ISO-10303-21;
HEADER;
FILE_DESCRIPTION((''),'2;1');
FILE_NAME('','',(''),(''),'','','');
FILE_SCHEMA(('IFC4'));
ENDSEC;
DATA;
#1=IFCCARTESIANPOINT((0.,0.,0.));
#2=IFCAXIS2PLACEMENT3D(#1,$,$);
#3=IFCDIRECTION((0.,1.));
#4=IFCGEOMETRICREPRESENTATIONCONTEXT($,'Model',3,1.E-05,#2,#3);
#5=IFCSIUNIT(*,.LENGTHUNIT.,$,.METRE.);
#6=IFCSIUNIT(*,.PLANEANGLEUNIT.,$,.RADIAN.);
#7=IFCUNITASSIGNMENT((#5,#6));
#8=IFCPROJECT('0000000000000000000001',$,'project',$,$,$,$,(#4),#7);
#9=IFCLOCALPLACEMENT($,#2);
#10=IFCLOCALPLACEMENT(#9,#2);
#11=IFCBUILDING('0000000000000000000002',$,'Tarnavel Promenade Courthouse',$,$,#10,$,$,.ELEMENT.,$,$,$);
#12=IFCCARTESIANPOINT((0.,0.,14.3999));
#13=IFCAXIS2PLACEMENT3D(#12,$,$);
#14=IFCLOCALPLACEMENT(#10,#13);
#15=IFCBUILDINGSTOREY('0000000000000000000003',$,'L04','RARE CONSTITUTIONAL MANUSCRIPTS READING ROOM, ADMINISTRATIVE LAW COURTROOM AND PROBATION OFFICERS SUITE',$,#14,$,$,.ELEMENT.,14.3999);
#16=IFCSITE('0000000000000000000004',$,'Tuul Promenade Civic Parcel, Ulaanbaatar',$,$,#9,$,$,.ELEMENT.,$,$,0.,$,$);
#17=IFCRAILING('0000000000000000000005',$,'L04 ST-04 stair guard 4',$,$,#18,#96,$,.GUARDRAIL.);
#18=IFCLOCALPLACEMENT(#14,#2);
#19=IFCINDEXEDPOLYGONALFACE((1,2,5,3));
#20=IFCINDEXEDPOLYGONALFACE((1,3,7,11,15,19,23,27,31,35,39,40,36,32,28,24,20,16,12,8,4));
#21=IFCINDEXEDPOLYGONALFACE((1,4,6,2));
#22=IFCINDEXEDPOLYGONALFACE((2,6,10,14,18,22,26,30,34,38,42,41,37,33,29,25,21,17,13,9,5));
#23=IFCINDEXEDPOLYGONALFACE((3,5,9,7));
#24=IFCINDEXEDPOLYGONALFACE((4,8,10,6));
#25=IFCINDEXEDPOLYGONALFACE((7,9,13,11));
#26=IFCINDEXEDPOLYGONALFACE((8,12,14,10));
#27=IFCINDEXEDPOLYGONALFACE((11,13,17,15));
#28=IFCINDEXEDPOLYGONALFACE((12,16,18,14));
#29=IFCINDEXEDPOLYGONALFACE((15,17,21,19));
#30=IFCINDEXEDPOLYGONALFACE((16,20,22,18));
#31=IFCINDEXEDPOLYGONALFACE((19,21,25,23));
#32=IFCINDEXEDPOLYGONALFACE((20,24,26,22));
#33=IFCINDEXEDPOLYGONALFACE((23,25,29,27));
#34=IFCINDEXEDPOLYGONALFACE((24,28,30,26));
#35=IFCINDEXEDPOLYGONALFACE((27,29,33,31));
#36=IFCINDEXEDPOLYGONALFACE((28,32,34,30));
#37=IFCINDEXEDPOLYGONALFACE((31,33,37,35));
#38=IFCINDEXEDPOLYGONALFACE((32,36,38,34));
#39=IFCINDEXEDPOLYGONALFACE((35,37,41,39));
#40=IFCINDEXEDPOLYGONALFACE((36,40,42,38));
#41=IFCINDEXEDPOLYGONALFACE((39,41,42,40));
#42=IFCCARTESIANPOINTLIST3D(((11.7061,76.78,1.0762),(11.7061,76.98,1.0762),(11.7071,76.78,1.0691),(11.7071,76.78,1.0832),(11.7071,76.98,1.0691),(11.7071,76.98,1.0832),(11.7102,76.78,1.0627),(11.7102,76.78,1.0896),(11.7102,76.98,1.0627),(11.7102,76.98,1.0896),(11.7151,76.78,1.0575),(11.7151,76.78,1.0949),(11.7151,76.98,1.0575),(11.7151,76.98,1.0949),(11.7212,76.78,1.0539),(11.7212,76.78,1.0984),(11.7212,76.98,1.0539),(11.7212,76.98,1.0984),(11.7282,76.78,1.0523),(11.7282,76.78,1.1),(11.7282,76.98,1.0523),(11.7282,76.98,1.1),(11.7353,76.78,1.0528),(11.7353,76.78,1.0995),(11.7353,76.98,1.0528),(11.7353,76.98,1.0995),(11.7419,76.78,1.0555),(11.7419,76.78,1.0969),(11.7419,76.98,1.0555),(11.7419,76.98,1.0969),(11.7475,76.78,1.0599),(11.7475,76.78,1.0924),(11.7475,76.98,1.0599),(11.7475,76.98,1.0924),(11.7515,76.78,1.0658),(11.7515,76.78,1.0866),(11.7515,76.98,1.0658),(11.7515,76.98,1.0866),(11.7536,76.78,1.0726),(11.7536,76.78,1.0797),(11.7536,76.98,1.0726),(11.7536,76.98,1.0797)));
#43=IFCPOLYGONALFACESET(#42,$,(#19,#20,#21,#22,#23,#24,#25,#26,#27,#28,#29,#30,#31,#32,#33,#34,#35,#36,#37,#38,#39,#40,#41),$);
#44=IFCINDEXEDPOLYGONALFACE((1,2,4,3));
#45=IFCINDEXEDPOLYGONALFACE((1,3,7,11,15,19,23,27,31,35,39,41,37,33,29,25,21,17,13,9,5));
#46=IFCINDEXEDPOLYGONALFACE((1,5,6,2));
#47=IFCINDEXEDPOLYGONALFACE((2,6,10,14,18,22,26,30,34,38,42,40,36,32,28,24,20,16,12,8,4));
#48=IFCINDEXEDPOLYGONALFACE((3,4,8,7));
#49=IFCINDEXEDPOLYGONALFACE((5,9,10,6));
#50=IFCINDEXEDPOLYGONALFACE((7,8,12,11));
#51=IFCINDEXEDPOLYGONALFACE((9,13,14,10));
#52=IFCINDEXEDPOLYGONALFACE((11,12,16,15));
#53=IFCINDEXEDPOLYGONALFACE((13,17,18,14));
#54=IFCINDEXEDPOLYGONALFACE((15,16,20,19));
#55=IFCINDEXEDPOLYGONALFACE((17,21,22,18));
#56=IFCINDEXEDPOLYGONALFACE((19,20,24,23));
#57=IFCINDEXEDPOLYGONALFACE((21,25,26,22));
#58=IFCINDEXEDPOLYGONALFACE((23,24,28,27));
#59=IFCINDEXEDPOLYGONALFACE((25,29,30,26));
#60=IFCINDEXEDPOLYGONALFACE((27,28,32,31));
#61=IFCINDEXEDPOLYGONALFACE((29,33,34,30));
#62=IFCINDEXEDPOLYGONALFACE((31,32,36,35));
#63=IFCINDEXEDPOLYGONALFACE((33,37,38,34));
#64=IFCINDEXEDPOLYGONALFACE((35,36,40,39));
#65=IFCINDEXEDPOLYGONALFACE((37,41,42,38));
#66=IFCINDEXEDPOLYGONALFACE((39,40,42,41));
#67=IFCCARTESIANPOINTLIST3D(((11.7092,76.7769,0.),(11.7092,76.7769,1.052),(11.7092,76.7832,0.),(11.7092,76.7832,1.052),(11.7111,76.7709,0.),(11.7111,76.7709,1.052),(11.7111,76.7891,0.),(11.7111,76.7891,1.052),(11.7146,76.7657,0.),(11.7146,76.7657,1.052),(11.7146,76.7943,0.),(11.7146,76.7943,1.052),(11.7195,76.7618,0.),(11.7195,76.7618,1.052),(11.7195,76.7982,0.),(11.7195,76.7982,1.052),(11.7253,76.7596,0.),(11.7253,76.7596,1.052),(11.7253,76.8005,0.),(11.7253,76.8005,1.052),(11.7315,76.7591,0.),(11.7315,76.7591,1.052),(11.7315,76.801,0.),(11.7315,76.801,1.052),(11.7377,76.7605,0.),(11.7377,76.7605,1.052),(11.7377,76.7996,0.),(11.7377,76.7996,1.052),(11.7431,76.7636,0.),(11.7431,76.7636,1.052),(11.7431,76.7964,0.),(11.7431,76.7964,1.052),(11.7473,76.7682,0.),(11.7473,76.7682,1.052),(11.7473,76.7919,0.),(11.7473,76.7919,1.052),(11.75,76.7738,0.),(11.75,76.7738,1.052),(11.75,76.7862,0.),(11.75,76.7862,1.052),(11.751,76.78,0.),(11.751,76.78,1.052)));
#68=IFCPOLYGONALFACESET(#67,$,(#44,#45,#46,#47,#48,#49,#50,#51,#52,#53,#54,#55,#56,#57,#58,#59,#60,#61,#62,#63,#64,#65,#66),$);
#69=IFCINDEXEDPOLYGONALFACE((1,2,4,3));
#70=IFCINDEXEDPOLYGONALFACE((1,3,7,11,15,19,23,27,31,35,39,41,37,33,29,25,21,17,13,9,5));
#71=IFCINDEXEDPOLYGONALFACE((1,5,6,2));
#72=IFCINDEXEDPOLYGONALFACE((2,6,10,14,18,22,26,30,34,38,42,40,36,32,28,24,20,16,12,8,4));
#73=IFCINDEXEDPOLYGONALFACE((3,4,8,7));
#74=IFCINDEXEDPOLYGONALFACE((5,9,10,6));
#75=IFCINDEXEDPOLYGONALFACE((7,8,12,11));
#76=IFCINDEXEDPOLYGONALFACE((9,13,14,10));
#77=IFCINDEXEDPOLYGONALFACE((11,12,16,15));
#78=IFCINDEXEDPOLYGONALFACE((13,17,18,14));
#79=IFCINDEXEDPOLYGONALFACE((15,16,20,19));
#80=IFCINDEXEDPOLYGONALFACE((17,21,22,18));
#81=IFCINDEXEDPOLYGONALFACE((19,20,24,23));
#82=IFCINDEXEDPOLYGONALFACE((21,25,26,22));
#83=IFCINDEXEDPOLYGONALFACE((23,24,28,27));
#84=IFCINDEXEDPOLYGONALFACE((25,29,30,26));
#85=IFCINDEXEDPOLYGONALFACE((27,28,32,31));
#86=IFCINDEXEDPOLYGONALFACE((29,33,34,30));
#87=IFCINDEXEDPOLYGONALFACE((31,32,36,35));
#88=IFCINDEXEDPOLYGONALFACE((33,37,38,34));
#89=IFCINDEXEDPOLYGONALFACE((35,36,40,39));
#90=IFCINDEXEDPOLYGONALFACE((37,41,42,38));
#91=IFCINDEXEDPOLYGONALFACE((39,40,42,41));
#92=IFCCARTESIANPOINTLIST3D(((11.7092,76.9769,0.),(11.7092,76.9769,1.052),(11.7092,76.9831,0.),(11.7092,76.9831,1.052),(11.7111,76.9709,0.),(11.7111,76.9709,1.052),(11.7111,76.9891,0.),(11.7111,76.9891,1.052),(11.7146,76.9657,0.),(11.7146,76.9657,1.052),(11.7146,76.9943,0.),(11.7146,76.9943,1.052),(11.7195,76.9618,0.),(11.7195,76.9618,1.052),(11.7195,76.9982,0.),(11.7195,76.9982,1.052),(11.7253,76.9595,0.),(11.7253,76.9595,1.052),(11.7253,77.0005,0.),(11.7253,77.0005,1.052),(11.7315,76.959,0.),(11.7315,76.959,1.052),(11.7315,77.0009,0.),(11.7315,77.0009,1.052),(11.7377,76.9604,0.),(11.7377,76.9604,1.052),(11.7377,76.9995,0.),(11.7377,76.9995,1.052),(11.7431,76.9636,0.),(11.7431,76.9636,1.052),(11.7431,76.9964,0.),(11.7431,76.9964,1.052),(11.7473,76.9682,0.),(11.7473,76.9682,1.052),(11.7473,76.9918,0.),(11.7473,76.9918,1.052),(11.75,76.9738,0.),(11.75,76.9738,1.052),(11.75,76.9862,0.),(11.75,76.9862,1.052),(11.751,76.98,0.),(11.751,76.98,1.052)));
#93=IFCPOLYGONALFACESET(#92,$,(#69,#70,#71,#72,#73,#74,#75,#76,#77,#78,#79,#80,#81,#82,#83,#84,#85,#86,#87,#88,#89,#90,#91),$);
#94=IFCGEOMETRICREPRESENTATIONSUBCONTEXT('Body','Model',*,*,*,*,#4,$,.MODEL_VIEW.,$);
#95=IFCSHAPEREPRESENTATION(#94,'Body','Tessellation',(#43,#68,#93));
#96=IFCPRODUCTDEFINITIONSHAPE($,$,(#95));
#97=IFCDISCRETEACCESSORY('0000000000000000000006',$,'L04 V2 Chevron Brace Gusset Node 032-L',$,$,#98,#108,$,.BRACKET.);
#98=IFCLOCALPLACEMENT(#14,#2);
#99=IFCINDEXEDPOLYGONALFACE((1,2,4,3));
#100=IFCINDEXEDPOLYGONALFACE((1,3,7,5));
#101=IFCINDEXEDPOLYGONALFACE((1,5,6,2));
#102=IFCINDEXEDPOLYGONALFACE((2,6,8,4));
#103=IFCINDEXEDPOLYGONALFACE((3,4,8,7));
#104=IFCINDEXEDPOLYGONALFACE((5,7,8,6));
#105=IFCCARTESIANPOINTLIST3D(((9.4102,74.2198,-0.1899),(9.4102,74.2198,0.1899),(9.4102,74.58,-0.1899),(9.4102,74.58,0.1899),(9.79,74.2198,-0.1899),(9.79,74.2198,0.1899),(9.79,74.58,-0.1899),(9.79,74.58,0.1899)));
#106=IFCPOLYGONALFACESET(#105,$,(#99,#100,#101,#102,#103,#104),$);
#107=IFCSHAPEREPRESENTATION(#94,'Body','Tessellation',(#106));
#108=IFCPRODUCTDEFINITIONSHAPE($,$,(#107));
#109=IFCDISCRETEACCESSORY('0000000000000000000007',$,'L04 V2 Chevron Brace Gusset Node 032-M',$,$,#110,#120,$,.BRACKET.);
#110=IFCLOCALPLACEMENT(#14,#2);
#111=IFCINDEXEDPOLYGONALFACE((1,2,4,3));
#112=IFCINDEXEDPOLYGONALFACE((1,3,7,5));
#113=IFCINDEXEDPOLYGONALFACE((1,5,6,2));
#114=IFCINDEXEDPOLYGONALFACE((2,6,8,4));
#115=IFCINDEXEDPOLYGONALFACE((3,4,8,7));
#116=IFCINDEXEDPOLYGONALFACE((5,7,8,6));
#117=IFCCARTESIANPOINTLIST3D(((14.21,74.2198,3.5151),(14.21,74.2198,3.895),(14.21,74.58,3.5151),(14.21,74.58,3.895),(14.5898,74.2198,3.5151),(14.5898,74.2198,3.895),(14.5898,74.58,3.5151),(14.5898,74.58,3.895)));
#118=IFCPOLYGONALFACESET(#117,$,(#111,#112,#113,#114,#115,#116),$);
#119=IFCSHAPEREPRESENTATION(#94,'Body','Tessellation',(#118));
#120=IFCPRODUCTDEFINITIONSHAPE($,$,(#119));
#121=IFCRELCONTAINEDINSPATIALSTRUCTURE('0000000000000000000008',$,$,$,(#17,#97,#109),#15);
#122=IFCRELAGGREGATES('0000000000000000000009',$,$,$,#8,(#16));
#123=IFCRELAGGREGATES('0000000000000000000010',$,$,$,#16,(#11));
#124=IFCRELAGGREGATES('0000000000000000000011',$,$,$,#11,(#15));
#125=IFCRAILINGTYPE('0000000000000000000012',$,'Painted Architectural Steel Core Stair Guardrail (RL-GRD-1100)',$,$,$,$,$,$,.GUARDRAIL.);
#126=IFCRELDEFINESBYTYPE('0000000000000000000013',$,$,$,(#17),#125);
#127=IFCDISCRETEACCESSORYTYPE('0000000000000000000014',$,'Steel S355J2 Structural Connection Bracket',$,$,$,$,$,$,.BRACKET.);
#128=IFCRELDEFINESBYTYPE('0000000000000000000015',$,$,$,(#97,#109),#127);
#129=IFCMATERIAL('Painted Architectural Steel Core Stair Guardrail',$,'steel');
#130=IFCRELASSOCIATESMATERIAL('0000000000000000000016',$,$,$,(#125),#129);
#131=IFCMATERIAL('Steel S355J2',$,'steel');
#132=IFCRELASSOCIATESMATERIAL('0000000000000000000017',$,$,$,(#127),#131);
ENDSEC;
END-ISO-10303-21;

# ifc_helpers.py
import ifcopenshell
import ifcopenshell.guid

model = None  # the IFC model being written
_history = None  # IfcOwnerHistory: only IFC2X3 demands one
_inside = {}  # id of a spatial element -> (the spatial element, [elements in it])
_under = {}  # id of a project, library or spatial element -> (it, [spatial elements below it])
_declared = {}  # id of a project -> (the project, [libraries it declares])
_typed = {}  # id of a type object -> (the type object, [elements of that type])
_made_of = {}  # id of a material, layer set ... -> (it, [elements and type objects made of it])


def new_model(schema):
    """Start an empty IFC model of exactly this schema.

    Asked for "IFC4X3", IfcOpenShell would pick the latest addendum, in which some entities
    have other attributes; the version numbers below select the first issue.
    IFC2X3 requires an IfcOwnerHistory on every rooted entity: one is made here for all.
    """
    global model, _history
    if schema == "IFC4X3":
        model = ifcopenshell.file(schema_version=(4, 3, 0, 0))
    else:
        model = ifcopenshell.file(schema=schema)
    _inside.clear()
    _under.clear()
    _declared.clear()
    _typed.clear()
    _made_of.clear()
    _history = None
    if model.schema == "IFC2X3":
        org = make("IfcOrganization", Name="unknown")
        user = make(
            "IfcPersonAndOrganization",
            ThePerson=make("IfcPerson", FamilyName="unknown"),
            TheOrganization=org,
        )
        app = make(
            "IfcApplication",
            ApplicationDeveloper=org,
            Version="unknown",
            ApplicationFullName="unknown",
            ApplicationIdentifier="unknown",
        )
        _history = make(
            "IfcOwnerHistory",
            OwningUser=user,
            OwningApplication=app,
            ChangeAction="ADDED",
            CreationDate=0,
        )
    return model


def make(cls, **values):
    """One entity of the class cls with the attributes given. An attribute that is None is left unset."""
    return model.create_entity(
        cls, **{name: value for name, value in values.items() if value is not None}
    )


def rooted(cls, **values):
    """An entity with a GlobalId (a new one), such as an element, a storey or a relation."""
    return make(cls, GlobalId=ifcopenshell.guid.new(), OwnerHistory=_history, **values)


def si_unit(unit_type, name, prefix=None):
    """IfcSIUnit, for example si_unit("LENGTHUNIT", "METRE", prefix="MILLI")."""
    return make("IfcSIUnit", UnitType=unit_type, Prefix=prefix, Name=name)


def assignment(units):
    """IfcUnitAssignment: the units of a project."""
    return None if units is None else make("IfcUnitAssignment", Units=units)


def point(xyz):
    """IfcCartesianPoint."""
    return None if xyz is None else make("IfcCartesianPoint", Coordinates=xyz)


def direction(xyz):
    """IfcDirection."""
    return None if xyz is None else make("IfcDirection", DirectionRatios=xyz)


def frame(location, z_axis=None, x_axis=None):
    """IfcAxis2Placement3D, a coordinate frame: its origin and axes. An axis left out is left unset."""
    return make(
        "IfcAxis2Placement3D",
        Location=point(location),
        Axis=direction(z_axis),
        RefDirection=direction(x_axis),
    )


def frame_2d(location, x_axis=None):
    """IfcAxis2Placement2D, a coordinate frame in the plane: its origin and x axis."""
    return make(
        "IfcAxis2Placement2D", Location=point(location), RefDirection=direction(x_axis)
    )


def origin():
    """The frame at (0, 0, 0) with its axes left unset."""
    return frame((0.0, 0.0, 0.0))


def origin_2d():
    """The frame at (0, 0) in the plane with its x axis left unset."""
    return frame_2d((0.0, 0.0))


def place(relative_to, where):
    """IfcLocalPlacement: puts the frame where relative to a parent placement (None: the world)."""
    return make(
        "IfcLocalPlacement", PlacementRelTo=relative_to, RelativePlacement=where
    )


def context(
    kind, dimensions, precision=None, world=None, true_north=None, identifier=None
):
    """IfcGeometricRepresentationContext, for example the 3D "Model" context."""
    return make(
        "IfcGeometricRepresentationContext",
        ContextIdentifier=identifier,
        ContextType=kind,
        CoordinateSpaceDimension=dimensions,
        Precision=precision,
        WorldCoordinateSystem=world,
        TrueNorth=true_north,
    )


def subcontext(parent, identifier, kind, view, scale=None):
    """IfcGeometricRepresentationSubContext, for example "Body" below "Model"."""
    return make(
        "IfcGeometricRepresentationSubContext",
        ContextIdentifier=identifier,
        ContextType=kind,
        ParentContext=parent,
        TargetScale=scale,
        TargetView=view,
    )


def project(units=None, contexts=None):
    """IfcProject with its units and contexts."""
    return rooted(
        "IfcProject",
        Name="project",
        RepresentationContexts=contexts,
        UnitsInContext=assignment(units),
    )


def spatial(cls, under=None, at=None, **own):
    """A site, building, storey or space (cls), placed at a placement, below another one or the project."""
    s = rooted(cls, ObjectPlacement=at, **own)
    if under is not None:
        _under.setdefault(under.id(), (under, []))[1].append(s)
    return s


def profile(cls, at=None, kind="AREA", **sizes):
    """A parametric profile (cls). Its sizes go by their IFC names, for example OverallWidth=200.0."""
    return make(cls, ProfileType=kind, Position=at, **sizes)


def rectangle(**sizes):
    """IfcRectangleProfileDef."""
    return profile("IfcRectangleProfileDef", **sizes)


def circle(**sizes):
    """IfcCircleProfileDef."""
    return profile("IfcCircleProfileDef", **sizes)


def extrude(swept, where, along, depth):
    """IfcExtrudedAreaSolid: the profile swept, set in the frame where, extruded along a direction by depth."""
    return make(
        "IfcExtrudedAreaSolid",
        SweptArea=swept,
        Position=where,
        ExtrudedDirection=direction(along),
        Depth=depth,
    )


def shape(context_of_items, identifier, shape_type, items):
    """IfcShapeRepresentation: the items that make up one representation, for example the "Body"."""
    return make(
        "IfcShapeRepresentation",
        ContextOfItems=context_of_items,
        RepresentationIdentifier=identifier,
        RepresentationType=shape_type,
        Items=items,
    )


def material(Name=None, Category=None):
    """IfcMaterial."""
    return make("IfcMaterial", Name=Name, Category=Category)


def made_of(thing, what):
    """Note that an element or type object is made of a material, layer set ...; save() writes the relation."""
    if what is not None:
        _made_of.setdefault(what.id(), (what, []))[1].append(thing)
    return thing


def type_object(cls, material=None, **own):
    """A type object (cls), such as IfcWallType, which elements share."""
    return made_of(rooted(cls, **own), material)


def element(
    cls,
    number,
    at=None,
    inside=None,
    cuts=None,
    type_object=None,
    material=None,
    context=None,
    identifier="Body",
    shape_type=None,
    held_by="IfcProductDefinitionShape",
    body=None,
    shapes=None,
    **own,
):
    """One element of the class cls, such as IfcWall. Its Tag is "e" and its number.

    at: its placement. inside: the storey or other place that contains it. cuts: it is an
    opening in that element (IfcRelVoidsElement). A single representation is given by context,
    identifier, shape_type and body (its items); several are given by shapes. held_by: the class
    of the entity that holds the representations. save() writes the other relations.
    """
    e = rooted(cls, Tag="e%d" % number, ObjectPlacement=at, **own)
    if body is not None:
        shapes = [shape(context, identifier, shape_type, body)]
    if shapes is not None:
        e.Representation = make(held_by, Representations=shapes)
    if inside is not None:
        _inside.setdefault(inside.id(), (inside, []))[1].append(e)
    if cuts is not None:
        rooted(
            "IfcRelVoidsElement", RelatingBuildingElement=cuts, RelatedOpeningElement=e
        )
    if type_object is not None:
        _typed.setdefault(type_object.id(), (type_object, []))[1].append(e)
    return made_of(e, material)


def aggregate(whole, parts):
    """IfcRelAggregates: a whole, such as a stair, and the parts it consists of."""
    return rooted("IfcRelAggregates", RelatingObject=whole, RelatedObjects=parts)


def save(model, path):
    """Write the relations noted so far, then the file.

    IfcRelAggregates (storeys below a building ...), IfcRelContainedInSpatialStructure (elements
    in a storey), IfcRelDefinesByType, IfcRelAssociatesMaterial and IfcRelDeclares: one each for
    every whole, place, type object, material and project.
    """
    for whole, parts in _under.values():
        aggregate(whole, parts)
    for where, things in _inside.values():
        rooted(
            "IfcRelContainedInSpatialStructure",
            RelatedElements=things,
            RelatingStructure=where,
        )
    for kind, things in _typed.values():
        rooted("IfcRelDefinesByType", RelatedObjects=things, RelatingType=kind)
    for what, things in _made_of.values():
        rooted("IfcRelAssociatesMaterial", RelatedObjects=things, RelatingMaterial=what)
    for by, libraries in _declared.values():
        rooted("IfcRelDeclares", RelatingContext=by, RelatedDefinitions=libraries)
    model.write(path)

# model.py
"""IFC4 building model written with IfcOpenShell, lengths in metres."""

from ifc_helpers import new_model, si_unit, direction, frame, origin, origin_2d, place, context, subcontext, project, spatial, rectangle, circle, extrude, material, type_object, element, save


model = new_model("IFC4")

# Units and contexts
model_context = context("Model", 3, precision=1e-05, world=origin(), true_north=direction((0.0, 1.0)))
body_context = subcontext(model_context, "Body", "Model", "MODEL_VIEW")
ifc_project = project(units=[si_unit("LENGTHUNIT", "METRE"), si_unit("PLANEANGLEUNIT", "RADIAN")], contexts=[model_context])

# Site, building, storey
site_placement = place(None, origin())
site = spatial("IfcSite", under=ifc_project, at=site_placement, Name="Tuul Promenade Civic Parcel, Ulaanbaatar", CompositionType="ELEMENT", RefElevation=0.0)
building_placement = place(site_placement, origin())
building = spatial("IfcBuilding", under=site, at=building_placement, Name="Tarnavel Promenade Courthouse", CompositionType="ELEMENT")
storey_placement = place(building_placement, frame((0.0, 0.0, 14.3999)))
storey = spatial("IfcBuildingStorey", under=building, at=storey_placement, Name="L04", Description="RARE CONSTITUTIONAL MANUSCRIPTS READING ROOM, ADMINISTRATIVE LAW COURTROOM AND PROBATION OFFICERS SUITE", CompositionType="ELEMENT", Elevation=14.3999)

# Railing
ifc_material_1 = material(Name="Painted Architectural Steel Core Stair Guardrail", Category="steel")
railing_type_1 = type_object("IfcRailingType", Name="Painted Architectural Steel Core Stair Guardrail (RL-GRD-1100)", PredefinedType="GUARDRAIL", material=ifc_material_1)
railing_1_placement = place(storey_placement, frame((11.73, 76.78, 0.0)))
element("IfcRailing", 1, at=railing_1_placement, inside=storey, type_object=railing_type_1, Name="L04 ST-04 stair guard 4", PredefinedType="GUARDRAIL", context=body_context, shape_type="SweptSolid", body=[
    extrude(circle(Radius=0.0239, at=origin_2d()), frame((0.0, 0.0, 1.0762), z_axis=(0.0, 1.0, 0.0), x_axis=(-1.0, 0.0, 0.0)), (0.0, 0.0, 1.0), 0.2),
    extrude(circle(Radius=0.021, at=origin_2d()), origin(), (0.0, 0.0, 1.0), 1.052),
    extrude(circle(Radius=0.021, at=origin_2d()), frame((0.0, 0.2, 0.0)), (0.0, 0.0, 1.0), 1.052),
])

# Discrete accessories
ifc_material_2 = material(Name="Steel S355J2", Category="steel")
discrete_accessory_type = type_object("IfcDiscreteAccessoryType", Name="Steel S355J2 Structural Connection Bracket", PredefinedType="BRACKET", material=ifc_material_2)
for number, where, z_axis, x_axis, name in (
    (2, (9.6001, 74.3999, -0.1899), (0.0, 0.0, 1.0), (1.0, 0.0, 0.0), "L04 V2 Chevron Brace Gusset Node 032-L"),
    (3, (14.3999, 74.3999, 3.5151), (0.0, 0.0, 1.0), (1.0, 0.0, 0.0), "L04 V2 Chevron Brace Gusset Node 032-M"),
):
    element("IfcDiscreteAccessory", number, at=place(storey_placement, frame(where, z_axis=z_axis, x_axis=x_axis)), inside=storey, type_object=discrete_accessory_type, Name=name, PredefinedType="BRACKET", context=body_context, shape_type="SweptSolid", body=[
        extrude(rectangle(XDim=0.3799, YDim=0.3601, at=origin_2d()), origin(), (0.0, 0.0, 1.0), 0.3799),
    ])

save(model, "model.ifc")
